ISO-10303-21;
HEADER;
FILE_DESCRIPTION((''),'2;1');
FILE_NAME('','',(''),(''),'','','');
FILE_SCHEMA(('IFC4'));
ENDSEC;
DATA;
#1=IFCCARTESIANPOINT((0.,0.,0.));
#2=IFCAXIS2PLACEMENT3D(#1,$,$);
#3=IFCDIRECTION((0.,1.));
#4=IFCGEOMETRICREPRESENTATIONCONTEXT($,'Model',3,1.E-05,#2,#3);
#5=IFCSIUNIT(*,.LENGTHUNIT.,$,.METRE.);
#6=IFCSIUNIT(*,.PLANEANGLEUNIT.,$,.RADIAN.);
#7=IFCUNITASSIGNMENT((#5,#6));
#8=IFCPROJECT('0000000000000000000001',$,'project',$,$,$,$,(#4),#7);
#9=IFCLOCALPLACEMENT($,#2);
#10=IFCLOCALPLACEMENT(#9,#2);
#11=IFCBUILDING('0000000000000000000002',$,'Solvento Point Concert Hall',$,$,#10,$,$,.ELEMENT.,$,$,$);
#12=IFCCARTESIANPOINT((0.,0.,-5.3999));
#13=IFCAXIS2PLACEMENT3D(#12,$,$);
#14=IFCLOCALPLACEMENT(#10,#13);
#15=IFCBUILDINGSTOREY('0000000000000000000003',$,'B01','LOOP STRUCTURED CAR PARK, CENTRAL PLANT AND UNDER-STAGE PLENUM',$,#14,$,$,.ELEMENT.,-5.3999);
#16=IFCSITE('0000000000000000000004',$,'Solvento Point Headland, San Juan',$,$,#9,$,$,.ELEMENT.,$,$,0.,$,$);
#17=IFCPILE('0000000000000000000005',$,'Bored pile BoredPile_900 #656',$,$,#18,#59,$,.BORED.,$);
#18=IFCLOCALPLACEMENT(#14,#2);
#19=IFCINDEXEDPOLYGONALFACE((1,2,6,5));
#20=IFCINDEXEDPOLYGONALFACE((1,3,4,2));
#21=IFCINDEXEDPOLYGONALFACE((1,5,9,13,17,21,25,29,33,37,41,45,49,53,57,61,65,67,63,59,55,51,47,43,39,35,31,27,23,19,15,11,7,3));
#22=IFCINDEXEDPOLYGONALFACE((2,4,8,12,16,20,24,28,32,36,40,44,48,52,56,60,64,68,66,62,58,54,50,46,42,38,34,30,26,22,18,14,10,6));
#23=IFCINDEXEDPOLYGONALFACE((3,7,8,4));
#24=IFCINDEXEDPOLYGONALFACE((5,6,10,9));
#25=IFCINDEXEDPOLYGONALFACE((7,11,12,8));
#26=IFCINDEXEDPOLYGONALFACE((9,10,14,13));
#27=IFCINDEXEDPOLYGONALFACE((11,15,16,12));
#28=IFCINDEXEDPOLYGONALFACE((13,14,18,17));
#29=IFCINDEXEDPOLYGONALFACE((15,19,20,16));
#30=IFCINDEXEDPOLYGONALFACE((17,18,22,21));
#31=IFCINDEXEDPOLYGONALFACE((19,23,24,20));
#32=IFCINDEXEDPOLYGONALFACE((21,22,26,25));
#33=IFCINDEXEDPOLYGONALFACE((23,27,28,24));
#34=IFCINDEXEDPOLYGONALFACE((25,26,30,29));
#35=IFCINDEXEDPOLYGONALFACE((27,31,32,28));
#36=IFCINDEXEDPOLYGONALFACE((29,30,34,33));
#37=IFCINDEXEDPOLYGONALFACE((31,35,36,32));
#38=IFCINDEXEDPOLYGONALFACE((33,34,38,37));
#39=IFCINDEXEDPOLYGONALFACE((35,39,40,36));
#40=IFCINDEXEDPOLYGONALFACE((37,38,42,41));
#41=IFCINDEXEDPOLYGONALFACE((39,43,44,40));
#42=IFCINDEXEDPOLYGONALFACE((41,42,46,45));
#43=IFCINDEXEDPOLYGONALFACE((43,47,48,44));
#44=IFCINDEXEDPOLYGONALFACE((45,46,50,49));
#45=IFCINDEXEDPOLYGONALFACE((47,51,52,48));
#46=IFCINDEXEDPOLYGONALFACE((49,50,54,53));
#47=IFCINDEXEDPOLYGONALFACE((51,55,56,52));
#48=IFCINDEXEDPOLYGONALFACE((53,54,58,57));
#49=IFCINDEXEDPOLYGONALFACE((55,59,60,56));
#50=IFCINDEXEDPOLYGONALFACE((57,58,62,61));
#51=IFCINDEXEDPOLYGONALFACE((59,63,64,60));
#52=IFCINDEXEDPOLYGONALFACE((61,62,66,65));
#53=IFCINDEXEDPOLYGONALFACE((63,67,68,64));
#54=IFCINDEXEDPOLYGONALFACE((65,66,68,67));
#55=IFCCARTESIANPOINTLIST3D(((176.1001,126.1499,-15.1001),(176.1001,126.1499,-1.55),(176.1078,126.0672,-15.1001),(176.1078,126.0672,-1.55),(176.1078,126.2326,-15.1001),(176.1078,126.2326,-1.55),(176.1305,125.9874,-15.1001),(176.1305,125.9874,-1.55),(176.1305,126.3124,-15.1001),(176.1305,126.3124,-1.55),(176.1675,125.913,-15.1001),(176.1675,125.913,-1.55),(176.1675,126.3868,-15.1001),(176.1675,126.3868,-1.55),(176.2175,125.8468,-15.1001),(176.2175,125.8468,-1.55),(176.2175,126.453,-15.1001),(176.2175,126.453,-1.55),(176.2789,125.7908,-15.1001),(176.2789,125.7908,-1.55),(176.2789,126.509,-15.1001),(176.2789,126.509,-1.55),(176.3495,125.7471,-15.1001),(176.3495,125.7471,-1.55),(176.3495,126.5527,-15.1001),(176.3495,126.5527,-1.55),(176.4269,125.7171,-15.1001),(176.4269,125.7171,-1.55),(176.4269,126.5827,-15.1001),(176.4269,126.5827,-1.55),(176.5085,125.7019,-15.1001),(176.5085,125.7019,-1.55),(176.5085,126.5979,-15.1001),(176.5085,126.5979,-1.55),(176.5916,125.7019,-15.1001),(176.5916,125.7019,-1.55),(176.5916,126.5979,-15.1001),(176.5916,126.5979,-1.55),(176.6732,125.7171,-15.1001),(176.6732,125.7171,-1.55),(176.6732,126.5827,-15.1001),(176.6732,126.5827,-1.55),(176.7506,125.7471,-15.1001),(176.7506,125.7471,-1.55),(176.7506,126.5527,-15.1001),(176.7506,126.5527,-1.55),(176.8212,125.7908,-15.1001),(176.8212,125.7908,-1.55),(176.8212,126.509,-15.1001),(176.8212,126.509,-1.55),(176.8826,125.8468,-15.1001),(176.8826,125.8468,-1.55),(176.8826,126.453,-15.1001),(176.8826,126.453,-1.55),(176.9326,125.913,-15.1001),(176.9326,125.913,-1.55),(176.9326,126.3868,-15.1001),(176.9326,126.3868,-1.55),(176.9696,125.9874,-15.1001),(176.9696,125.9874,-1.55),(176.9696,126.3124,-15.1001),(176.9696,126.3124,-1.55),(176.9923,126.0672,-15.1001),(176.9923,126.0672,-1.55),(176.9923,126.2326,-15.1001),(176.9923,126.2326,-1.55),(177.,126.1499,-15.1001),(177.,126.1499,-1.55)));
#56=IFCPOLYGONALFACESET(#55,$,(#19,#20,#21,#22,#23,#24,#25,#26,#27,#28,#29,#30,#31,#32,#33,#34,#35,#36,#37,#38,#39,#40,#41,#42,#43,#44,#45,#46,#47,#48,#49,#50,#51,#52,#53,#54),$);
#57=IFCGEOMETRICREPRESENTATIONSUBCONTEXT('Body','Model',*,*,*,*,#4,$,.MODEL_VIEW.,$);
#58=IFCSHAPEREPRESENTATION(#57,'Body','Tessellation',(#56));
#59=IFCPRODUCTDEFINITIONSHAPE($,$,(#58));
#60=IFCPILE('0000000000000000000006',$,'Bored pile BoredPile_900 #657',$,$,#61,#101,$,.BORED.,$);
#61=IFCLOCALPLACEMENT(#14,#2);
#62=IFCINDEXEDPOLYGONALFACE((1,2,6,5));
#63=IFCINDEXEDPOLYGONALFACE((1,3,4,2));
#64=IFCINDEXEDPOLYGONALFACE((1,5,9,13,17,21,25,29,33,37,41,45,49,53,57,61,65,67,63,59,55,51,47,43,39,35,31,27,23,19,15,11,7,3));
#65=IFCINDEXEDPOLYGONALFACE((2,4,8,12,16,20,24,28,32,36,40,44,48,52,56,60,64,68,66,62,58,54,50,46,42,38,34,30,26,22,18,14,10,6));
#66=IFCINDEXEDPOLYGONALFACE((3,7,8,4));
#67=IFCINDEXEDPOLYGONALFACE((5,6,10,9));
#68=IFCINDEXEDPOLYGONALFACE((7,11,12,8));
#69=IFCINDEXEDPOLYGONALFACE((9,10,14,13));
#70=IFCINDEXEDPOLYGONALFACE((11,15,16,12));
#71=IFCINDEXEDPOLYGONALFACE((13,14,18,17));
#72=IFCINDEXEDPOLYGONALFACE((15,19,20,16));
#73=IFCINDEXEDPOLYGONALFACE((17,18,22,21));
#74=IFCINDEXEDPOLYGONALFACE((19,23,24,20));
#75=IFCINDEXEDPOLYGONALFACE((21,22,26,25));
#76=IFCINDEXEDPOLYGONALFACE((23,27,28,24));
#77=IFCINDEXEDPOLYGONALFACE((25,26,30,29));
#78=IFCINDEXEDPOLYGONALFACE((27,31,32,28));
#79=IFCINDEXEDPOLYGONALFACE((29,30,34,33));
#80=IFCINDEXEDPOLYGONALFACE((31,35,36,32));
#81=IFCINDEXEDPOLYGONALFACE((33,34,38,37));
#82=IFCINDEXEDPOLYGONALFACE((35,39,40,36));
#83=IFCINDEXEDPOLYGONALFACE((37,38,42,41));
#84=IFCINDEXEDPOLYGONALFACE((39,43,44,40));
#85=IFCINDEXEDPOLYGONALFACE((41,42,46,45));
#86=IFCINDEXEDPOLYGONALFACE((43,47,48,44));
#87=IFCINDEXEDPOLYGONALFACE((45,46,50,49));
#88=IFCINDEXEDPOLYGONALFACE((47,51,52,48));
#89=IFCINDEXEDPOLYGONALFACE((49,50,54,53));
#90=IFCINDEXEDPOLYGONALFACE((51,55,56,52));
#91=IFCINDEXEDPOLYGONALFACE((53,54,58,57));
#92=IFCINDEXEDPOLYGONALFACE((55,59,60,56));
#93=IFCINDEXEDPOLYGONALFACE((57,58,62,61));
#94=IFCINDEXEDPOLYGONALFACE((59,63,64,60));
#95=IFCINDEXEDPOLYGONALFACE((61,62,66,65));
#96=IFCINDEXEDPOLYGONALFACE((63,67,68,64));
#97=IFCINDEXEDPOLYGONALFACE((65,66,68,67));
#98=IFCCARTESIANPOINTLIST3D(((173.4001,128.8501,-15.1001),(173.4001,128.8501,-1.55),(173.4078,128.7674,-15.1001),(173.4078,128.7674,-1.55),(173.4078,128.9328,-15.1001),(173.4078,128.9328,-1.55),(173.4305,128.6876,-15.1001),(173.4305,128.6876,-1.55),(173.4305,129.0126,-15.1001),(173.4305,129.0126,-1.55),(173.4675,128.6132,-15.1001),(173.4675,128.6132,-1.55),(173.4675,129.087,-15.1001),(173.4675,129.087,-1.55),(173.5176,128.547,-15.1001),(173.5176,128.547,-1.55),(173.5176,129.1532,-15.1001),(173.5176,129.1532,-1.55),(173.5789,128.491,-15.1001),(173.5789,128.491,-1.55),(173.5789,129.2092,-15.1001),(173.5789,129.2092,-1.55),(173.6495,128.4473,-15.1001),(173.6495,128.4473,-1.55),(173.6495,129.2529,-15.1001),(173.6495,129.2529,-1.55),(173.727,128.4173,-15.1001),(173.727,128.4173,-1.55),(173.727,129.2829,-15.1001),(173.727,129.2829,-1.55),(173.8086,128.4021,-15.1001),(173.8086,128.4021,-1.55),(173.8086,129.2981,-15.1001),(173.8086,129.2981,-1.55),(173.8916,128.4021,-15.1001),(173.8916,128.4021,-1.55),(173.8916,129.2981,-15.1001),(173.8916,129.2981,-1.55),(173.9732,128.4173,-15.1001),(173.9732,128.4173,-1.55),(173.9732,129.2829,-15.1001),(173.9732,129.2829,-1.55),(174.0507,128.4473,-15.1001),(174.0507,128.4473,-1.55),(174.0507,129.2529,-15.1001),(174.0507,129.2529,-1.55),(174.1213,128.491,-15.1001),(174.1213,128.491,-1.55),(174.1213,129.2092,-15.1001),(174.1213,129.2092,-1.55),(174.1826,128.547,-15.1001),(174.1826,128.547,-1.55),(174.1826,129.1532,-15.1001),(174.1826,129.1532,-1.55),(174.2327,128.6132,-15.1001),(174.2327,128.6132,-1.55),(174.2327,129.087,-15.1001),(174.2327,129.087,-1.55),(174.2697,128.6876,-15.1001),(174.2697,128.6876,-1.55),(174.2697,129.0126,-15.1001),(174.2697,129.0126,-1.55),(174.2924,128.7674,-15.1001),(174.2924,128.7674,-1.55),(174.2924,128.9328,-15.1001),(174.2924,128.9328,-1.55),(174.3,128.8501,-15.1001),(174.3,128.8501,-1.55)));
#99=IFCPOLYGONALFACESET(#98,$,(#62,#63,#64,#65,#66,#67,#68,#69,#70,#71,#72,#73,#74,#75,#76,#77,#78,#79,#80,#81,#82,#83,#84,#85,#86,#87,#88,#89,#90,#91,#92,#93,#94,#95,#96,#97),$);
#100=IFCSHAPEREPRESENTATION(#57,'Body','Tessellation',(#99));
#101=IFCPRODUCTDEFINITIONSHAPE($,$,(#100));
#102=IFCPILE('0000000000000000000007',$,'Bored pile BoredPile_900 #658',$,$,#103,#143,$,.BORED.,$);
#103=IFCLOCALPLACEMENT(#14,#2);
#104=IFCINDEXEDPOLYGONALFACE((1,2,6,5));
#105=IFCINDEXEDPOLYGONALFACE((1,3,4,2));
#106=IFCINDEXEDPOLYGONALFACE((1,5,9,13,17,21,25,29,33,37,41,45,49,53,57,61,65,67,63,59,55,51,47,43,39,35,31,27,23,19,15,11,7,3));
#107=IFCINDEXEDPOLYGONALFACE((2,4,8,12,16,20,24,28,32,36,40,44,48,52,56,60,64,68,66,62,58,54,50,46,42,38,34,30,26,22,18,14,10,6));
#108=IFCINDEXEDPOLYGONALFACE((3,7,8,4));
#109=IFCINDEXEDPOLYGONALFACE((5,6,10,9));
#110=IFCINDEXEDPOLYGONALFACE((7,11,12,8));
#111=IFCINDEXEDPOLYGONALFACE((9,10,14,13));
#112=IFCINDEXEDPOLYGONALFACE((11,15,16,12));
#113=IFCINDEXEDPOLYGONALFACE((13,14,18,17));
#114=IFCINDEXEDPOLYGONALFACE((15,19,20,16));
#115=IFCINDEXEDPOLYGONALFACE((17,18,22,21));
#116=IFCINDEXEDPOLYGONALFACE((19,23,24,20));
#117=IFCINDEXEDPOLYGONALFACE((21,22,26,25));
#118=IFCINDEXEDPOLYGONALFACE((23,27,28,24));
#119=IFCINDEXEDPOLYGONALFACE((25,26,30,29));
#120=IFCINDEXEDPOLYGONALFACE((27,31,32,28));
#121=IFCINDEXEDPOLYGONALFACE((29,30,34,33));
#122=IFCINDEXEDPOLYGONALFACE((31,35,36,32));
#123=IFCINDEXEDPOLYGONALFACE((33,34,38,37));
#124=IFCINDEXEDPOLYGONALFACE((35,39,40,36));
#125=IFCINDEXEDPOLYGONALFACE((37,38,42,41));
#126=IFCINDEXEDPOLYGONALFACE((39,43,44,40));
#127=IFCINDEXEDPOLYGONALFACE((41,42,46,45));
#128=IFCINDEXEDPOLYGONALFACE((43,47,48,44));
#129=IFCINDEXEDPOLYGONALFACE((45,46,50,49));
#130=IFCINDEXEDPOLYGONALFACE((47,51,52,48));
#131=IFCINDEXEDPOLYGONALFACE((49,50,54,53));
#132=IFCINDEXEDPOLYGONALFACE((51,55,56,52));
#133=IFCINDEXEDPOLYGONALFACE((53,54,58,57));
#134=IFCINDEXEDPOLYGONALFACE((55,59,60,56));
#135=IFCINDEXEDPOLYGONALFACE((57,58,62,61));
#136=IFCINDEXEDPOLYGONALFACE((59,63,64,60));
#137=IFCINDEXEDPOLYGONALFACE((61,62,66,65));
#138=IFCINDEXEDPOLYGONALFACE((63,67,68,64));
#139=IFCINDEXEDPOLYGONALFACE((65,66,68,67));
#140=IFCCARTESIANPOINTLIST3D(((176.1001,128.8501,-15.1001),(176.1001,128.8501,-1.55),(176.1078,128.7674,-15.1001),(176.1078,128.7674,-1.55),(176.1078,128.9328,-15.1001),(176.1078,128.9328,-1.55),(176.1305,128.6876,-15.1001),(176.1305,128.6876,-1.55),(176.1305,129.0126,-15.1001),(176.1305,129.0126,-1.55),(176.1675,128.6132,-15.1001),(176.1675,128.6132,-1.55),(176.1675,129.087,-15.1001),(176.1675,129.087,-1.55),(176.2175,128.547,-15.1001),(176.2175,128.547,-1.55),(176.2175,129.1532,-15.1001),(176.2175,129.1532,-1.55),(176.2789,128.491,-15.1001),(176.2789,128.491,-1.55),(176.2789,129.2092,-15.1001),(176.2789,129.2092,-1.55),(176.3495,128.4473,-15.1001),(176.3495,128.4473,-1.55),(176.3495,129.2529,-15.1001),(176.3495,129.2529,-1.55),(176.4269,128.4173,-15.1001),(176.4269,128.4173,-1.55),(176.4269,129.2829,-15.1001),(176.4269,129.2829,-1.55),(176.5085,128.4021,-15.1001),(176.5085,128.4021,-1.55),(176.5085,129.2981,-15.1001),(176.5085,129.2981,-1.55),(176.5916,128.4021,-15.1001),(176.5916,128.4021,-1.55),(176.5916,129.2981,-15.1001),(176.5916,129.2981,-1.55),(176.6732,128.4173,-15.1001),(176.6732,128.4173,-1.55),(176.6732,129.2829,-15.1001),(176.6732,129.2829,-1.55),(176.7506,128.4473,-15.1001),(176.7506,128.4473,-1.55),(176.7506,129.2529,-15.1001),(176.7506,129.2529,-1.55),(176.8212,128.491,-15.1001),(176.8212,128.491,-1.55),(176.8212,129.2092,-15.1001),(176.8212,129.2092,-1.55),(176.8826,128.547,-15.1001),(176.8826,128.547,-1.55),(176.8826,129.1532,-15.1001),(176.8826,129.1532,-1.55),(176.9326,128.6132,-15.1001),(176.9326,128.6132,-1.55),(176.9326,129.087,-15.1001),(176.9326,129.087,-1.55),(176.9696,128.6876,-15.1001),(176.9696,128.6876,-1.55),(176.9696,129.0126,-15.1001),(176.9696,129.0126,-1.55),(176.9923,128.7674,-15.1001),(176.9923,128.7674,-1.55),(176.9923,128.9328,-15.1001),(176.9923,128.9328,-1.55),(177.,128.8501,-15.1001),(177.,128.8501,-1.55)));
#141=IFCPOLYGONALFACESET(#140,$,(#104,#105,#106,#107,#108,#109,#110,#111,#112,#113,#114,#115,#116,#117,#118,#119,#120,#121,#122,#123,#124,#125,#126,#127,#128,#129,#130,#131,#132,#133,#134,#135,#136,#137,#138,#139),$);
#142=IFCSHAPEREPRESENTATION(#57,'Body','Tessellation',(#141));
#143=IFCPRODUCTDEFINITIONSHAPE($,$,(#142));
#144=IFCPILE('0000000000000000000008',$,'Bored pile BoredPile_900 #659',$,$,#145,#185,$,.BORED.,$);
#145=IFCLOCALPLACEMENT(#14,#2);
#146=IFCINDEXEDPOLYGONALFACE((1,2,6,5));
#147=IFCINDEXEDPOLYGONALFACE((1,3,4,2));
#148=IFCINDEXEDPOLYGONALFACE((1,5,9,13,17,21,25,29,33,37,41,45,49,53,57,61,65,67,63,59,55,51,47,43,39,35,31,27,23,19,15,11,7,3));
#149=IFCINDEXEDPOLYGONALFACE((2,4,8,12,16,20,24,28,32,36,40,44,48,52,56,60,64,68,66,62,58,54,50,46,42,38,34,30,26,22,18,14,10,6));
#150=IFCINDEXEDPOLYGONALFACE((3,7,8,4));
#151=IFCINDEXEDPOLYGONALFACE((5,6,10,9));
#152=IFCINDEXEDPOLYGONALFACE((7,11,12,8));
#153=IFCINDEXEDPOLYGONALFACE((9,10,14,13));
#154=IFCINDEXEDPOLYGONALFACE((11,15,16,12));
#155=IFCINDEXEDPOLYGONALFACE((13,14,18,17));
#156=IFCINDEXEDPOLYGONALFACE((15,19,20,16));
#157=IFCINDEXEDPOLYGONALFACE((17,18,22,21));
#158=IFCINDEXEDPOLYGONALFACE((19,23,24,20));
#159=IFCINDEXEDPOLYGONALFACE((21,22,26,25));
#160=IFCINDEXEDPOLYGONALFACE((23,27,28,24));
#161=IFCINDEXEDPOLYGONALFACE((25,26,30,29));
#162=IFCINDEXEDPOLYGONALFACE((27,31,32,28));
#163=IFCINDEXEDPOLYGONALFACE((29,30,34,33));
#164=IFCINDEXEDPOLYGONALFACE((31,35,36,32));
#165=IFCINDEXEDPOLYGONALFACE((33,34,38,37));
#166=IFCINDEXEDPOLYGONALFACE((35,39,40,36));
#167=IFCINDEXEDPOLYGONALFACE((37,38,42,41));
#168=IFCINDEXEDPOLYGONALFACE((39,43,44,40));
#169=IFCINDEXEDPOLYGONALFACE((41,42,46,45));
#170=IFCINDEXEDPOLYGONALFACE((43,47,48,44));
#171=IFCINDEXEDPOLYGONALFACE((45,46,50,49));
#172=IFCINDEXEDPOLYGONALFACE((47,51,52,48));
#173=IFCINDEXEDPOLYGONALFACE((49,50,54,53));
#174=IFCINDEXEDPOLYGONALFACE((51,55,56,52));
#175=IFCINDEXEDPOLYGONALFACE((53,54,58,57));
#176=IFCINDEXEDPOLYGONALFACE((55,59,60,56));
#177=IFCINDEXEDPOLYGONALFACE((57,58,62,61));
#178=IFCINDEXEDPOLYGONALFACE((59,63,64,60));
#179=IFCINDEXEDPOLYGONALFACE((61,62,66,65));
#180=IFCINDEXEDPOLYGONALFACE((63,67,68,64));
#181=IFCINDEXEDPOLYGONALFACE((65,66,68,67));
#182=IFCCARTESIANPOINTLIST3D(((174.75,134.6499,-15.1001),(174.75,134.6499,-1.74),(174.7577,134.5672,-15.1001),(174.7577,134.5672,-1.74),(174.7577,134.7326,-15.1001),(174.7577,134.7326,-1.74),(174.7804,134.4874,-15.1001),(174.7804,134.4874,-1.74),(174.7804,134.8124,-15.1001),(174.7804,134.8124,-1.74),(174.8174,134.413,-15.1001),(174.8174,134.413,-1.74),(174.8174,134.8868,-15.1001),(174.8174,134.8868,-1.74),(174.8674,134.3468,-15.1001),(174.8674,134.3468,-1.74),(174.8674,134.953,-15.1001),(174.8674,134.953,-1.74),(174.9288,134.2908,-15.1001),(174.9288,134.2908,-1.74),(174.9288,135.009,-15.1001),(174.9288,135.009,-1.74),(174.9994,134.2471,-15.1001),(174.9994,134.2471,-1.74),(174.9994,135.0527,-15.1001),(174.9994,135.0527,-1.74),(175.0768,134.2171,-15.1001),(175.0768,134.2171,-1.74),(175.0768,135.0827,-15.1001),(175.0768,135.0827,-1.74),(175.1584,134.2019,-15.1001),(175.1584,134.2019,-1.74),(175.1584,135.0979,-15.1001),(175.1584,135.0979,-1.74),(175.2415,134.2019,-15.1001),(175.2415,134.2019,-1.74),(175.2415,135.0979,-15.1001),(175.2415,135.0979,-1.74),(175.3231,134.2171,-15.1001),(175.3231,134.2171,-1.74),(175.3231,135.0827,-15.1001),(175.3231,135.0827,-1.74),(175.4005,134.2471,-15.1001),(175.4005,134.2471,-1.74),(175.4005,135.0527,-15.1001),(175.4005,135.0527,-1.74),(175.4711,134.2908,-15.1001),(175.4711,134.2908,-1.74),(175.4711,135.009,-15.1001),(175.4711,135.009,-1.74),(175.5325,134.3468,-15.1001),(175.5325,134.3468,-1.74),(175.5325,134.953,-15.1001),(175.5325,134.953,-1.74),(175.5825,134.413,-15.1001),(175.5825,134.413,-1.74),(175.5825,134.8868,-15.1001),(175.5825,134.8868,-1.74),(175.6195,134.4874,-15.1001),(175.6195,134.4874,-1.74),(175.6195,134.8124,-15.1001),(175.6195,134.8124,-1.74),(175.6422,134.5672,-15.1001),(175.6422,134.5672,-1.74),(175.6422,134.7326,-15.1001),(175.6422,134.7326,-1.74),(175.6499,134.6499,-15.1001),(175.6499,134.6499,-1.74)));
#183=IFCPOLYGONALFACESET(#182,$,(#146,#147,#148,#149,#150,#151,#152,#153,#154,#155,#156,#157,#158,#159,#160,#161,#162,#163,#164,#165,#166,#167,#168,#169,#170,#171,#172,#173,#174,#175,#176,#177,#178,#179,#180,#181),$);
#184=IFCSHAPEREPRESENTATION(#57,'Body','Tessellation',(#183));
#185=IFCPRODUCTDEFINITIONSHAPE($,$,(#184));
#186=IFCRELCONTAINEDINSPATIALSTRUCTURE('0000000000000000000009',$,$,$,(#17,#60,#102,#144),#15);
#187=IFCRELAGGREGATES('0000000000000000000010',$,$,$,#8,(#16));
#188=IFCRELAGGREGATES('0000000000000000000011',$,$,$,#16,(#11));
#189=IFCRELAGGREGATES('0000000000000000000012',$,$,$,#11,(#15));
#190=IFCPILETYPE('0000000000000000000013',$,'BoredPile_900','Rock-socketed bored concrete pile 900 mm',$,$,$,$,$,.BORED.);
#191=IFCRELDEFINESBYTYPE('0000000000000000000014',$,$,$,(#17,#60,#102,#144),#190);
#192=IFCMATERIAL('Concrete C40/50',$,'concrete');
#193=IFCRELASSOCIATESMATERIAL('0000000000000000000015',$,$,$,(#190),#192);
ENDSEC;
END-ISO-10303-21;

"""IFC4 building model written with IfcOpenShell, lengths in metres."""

from ifc_helpers import new_model, si_unit, direction, frame, origin, origin_2d, place, context, subcontext, project, spatial, circle, extrude, material, material_profile, profile_set, type_object, element, save


model = new_model("IFC4")

# Units and contexts
model_context = context("Model", 3, precision=1e-05, world=origin(), true_north=direction((0.0, 1.0)))
body_context = subcontext(model_context, "Body", "Model", "MODEL_VIEW")
ifc_project = project(units=[si_unit("LENGTHUNIT", "METRE"), si_unit("PLANEANGLEUNIT", "RADIAN")], contexts=[model_context])

# Site, building, storey
site_placement = place(None, origin())
site = spatial("IfcSite", under=ifc_project, at=site_placement, Name="Solvento Point Headland, San Juan", CompositionType="ELEMENT", RefElevation=0.0)
building_placement = place(site_placement, origin())
building = spatial("IfcBuilding", under=site, at=building_placement, Name="Solvento Point Concert Hall", CompositionType="ELEMENT")
storey_placement = place(building_placement, frame((0.0, 0.0, -5.3999)))
storey = spatial("IfcBuildingStorey", under=building, at=storey_placement, Name="B01", Description="LOOP STRUCTURED CAR PARK, CENTRAL PLANT AND UNDER-STAGE PLENUM", CompositionType="ELEMENT", Elevation=-5.3999)

# Piles
ifc_material_1 = material(Name="Concrete C40/50", Category="concrete")
ifc_material_profile_1 = material_profile(ifc_material_1, circle(Radius=0.45, at=origin_2d()), Name="BP-900")
ifc_profile_set_1 = profile_set([ifc_material_profile_1], Name="Concrete C40/50")
pile_type_1 = type_object("IfcPileType", Name="BoredPile_900", Description="Rock-socketed bored concrete pile 900 mm", PredefinedType="BORED", material=ifc_profile_set_1)
for number, where, z_axis, x_axis, name in (
    (1, (176.55, 126.1499, -1.55), (0.0, 0.0, -1.0), (1.0, 0.0, 0.0), "Bored pile BoredPile_900 #656"),
    (2, (173.8501, 128.8501, -1.55), (0.0, 0.0, -1.0), (1.0, 0.0, 0.0), "Bored pile BoredPile_900 #657"),
    (3, (176.55, 128.8501, -1.55), (0.0, 0.0, -1.0), (1.0, 0.0, 0.0), "Bored pile BoredPile_900 #658"),
):
    element("IfcPile", number, at=place(storey_placement, frame(where, z_axis=z_axis, x_axis=x_axis)), inside=storey, type_object=pile_type_1, Name=name, PredefinedType="BORED", context=body_context, shape_type="SweptSolid", body=[
        extrude(circle(Radius=0.45, at=origin_2d()), origin(), (0.0, 0.0, 1.0), 13.55),
    ])
for number, where, z_axis, x_axis, name in (
    (4, (175.2, 134.6499, -1.74), (0.0, 0.0, -1.0), (1.0, 0.0, 0.0), "Bored pile BoredPile_900 #659"),
):
    element("IfcPile", number, at=place(storey_placement, frame(where, z_axis=z_axis, x_axis=x_axis)), inside=storey, type_object=pile_type_1, Name=name, PredefinedType="BORED", context=body_context, shape_type="SweptSolid", body=[
        extrude(circle(Radius=0.45, at=origin_2d()), origin(), (0.0, 0.0, 1.0), 13.3601),
    ])

save(model, "model.ifc")
